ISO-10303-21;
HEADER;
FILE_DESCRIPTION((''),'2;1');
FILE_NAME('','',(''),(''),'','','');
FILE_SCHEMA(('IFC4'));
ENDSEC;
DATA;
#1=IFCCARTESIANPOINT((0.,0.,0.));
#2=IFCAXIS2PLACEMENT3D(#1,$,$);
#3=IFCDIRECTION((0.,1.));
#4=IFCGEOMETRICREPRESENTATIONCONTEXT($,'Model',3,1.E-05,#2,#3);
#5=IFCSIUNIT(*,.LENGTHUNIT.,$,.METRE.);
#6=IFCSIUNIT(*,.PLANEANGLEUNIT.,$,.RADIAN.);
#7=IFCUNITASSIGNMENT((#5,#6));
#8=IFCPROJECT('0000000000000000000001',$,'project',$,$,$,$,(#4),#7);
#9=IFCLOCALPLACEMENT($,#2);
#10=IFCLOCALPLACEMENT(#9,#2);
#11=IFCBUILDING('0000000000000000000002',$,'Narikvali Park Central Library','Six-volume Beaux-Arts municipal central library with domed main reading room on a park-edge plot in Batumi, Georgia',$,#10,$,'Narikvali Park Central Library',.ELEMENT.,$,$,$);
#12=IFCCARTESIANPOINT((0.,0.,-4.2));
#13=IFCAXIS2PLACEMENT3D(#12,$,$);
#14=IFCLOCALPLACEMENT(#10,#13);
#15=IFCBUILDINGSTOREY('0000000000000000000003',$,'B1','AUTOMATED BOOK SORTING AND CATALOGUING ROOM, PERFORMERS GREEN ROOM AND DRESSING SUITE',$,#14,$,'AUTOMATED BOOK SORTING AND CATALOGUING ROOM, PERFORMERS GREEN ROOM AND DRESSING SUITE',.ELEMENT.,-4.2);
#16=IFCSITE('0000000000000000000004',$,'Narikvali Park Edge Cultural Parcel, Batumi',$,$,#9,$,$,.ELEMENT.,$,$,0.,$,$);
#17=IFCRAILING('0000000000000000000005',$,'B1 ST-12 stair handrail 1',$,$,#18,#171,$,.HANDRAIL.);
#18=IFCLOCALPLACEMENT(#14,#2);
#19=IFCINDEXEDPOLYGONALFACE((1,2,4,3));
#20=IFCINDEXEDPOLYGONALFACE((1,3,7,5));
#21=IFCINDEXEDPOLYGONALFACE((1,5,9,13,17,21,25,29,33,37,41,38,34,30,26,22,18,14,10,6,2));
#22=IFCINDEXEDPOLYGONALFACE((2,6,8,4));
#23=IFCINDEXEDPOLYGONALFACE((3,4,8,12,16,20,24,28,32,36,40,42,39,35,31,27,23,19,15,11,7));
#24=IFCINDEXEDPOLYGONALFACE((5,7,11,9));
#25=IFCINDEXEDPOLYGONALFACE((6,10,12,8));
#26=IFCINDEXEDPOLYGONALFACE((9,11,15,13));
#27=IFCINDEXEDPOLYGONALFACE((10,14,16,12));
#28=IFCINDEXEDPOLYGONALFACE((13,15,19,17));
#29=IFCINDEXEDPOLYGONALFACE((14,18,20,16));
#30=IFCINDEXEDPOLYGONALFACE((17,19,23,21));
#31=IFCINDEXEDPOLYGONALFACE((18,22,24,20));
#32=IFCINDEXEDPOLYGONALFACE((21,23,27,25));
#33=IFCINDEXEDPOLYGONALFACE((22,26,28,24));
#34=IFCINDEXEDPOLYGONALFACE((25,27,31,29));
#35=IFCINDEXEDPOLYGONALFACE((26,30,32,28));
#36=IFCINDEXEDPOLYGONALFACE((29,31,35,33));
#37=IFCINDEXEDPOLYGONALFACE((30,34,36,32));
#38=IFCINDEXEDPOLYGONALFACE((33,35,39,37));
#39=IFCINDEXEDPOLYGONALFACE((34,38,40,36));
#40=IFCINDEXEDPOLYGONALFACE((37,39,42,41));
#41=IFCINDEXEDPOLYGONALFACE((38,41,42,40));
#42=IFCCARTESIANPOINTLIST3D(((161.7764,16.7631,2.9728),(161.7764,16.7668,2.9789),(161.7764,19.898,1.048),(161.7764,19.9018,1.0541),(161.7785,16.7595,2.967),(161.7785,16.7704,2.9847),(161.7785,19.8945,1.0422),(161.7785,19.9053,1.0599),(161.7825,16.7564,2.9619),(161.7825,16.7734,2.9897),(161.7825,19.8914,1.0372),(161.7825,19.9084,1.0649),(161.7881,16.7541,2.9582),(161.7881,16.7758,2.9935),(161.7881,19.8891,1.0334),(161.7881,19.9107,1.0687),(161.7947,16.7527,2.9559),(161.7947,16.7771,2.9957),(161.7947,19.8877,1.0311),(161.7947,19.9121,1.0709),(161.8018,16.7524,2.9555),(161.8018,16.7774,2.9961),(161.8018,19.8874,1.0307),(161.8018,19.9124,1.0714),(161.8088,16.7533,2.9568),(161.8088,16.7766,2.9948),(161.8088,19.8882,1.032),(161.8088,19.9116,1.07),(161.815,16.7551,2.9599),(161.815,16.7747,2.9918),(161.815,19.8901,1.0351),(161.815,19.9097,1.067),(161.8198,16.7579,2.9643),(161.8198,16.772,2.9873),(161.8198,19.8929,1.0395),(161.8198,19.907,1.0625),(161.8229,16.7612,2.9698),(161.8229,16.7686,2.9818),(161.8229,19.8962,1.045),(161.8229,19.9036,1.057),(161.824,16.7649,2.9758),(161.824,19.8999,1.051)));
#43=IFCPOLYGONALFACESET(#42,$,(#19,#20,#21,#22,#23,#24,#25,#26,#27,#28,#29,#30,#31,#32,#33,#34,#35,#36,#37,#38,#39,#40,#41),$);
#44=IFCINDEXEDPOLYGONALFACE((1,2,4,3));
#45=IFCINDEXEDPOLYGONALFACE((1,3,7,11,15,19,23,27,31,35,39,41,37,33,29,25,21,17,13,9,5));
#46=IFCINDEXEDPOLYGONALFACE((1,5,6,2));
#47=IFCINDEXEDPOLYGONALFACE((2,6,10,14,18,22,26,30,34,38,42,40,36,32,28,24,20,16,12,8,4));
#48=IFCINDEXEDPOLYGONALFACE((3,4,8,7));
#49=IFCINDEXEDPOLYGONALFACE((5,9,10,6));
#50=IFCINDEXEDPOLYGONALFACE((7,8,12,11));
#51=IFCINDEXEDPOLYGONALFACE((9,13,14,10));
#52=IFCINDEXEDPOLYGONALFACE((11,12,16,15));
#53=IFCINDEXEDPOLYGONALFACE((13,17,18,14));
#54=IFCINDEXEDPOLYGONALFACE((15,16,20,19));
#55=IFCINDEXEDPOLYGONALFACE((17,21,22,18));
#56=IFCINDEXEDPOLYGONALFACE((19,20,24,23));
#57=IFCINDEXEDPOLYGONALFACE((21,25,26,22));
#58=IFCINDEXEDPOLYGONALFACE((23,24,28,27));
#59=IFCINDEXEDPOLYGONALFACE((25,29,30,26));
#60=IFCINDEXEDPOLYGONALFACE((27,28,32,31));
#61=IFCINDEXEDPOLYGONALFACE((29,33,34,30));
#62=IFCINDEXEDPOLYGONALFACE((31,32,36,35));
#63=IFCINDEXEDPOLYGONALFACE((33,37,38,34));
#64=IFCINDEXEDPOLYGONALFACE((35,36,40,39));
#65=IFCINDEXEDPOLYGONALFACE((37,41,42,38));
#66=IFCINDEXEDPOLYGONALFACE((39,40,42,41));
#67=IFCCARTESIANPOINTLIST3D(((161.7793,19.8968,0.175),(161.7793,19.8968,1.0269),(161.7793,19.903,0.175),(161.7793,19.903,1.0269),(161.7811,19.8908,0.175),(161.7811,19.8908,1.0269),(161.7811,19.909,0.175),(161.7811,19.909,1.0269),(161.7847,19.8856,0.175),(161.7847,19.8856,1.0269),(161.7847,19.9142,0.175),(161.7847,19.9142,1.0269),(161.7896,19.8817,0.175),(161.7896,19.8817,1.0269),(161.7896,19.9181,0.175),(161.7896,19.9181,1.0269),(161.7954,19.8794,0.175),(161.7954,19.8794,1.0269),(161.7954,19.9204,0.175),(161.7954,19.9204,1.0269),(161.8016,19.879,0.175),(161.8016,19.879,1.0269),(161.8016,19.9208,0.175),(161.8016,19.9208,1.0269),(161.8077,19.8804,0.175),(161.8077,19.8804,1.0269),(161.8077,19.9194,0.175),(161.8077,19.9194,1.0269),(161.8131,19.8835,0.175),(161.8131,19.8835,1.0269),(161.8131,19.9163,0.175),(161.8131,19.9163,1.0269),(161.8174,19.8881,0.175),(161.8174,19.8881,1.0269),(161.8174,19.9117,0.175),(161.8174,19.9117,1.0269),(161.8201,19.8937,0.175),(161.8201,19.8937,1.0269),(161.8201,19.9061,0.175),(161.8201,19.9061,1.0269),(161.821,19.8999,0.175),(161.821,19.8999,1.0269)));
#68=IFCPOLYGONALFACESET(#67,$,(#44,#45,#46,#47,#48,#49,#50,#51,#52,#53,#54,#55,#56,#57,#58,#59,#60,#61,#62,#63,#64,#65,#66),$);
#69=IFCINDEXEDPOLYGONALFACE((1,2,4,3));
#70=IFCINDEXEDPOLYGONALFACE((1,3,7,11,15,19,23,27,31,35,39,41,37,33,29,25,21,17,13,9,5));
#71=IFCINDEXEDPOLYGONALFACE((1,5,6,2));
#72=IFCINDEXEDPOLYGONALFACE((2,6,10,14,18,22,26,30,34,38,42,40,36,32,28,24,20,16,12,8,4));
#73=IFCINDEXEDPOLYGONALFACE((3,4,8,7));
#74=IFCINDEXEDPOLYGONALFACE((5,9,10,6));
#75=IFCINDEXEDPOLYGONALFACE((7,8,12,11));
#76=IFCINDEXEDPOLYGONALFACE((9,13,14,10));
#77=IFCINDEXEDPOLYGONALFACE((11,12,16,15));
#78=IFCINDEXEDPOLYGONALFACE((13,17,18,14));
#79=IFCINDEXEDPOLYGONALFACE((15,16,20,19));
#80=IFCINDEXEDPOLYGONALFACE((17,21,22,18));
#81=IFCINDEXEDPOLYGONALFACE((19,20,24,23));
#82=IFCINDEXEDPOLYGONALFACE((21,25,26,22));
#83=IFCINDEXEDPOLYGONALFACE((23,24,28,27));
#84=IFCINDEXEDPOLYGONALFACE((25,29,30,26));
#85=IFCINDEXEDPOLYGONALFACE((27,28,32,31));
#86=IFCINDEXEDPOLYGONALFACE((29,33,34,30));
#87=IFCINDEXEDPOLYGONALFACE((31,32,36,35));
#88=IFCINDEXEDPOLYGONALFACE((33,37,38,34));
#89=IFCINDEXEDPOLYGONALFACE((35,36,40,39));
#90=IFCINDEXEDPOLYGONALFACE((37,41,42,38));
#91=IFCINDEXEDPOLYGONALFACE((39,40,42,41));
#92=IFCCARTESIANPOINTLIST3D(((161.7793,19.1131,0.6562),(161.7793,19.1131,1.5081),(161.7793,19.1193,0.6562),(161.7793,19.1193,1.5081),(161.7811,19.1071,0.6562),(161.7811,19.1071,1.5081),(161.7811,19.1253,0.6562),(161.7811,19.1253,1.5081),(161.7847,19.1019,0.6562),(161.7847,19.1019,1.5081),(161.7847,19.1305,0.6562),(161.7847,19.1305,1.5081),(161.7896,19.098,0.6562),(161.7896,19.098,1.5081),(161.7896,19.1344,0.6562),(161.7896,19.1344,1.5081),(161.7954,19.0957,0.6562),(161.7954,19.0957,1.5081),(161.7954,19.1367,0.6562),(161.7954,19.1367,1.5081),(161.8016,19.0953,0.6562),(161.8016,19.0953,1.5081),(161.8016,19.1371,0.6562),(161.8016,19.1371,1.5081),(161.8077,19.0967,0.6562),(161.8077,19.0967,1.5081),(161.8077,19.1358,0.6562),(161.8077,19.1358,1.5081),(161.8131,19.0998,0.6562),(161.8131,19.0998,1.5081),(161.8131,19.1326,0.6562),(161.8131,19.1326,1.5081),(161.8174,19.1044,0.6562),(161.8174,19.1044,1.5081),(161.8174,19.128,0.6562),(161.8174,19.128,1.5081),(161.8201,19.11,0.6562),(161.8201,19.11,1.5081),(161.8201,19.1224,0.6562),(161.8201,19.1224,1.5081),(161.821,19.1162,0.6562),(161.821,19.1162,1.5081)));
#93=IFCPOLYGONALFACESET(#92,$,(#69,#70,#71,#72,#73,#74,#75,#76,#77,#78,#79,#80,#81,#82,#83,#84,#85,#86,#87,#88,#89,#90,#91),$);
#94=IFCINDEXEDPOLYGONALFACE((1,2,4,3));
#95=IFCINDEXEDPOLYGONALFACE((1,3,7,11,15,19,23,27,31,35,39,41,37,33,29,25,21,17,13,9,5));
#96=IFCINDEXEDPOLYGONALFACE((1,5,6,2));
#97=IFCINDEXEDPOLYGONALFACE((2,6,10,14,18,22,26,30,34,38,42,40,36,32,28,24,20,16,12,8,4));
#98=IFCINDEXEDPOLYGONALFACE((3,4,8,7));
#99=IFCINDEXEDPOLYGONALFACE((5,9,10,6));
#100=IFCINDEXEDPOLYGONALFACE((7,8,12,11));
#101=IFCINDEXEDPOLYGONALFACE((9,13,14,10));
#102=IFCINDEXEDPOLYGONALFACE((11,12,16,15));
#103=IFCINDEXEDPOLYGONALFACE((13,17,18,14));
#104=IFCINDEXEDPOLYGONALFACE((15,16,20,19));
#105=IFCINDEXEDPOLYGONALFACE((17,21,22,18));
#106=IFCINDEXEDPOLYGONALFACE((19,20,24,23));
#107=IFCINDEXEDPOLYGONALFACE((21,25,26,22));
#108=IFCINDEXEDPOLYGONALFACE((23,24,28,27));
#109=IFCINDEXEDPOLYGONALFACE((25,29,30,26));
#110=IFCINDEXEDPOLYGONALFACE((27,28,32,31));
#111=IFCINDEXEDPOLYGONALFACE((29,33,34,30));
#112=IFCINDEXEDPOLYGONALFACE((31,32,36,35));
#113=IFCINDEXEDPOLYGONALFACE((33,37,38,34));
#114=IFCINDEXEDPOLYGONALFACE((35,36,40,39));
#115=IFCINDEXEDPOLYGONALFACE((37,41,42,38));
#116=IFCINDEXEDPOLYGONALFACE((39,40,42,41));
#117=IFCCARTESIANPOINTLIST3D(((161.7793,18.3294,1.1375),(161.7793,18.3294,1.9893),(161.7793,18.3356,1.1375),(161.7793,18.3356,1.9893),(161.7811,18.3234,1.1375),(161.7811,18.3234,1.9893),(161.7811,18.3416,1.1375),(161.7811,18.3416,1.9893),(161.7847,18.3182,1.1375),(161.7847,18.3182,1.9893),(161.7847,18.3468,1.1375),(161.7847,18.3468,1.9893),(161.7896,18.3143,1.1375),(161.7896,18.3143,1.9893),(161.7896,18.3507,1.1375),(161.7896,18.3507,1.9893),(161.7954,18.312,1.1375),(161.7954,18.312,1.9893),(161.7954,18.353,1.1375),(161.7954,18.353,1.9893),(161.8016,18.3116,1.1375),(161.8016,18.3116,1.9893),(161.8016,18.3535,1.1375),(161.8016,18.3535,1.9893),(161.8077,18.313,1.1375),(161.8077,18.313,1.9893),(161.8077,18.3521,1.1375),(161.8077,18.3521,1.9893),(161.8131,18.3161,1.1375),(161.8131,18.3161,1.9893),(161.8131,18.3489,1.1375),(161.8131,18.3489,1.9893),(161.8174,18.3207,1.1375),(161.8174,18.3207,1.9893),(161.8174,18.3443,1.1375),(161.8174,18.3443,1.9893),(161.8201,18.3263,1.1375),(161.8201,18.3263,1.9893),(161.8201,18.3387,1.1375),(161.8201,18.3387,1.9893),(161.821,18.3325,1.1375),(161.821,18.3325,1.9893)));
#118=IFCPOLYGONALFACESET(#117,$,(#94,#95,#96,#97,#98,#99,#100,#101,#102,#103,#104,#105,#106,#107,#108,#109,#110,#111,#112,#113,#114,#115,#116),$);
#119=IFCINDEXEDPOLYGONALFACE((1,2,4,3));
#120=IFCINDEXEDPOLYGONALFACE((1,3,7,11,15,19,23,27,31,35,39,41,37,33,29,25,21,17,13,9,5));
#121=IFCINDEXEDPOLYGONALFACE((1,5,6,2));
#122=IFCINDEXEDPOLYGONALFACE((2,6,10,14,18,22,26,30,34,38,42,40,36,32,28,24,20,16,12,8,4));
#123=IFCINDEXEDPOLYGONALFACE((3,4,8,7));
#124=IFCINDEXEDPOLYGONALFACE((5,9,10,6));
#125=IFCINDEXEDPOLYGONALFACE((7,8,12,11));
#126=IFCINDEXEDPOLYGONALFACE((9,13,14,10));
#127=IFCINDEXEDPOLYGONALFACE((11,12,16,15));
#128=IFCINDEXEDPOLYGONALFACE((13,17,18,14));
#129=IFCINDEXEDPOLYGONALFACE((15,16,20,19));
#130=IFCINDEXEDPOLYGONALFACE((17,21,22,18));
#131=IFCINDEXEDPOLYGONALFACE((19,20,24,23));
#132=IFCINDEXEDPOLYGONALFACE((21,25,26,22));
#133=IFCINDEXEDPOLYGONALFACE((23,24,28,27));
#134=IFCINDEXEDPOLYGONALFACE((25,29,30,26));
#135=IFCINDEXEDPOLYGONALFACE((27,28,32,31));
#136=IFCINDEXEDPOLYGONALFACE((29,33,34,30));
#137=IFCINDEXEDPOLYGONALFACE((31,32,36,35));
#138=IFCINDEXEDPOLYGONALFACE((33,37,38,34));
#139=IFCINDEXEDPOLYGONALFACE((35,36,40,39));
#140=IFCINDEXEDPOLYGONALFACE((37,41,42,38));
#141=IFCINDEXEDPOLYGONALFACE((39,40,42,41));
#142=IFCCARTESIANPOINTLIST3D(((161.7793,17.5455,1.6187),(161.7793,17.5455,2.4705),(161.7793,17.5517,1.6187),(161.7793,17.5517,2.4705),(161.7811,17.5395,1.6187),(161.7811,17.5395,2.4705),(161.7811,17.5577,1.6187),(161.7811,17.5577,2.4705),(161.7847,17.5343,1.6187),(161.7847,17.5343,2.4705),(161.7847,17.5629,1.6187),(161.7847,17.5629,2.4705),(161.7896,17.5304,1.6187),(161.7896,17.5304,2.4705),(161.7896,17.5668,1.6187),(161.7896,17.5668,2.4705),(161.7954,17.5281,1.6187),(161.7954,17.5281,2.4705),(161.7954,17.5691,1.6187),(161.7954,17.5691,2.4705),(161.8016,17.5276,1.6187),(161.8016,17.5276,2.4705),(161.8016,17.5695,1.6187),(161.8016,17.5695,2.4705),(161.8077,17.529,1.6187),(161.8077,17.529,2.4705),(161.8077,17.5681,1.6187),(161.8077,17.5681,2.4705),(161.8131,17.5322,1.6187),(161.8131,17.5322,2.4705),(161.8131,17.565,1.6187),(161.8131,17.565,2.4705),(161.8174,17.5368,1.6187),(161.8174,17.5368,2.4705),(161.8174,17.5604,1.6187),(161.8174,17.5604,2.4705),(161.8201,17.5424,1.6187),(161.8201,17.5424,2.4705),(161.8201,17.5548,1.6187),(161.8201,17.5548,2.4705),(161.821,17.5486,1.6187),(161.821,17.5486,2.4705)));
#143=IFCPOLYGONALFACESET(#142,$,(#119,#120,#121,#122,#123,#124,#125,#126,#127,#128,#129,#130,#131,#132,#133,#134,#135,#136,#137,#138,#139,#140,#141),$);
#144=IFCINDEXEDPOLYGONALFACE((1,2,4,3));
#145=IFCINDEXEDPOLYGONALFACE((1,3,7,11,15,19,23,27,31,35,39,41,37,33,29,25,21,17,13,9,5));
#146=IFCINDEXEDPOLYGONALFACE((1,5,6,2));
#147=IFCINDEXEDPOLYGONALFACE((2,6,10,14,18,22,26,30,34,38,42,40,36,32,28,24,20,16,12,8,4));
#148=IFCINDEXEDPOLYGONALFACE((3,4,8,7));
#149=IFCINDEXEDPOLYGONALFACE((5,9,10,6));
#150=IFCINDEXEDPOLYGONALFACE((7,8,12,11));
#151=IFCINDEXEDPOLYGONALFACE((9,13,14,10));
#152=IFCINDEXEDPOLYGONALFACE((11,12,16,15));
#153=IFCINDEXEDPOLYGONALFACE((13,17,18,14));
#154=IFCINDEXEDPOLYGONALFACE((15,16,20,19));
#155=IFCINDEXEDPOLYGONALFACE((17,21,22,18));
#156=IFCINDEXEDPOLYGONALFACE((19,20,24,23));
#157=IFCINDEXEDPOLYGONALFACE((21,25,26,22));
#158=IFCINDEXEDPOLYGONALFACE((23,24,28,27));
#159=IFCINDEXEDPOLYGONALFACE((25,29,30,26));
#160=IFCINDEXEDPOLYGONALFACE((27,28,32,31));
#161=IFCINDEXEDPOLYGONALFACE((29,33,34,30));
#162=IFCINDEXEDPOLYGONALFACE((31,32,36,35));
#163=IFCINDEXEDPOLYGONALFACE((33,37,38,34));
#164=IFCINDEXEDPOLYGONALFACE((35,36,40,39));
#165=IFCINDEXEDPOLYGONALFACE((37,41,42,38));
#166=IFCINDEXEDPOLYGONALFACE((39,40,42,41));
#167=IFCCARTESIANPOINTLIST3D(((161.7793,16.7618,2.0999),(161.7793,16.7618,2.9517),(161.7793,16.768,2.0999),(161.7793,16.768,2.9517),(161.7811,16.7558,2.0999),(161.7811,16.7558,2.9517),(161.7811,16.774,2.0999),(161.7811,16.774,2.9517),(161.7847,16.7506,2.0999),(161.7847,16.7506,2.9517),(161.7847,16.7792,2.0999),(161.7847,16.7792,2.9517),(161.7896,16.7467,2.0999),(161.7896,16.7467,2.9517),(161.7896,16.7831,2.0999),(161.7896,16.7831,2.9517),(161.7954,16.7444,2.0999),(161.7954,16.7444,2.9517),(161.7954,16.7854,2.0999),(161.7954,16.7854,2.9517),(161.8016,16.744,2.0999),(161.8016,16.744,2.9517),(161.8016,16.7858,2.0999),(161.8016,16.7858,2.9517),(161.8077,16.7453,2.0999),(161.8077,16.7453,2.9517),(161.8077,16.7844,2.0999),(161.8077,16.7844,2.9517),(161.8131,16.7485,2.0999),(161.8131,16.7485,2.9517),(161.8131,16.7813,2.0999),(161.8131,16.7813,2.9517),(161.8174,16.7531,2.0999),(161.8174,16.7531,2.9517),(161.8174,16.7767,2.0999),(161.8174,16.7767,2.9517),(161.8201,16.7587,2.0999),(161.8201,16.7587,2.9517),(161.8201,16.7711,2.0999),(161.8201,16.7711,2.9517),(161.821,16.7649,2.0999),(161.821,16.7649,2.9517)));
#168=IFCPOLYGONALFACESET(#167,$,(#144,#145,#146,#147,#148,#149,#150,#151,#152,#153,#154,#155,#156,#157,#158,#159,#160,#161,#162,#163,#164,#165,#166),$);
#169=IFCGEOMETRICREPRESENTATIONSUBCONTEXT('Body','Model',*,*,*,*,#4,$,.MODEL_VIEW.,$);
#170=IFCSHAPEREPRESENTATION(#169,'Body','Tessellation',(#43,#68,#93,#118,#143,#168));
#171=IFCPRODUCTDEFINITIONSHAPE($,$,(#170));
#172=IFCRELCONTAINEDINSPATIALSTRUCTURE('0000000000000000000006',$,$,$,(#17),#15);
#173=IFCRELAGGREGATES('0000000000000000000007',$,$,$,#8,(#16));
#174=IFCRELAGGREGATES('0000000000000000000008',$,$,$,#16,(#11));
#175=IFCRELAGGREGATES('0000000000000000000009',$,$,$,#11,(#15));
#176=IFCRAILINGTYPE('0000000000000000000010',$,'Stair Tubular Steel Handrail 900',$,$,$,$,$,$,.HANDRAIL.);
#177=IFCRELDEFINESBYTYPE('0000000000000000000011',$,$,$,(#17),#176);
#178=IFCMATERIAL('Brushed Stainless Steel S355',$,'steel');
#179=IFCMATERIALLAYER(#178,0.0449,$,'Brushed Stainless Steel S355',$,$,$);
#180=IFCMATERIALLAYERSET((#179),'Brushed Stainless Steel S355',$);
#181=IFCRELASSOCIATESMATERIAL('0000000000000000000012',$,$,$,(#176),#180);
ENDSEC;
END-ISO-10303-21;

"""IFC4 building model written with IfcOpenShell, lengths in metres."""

from ifc_helpers import new_model, si_unit, direction, frame, origin, origin_2d, place, context, subcontext, project, spatial, circle, extrude, material, layer, layer_set, type_object, element, save


model = new_model("IFC4")

# Units and contexts
model_context = context("Model", 3, precision=1e-05, world=origin(), true_north=direction((0.0, 1.0)))
body_context = subcontext(model_context, "Body", "Model", "MODEL_VIEW")
ifc_project = project(units=[si_unit("LENGTHUNIT", "METRE"), si_unit("PLANEANGLEUNIT", "RADIAN")], contexts=[model_context])

# Site, building, storey
site_placement = place(None, origin())
site = spatial("IfcSite", under=ifc_project, at=site_placement, Name="Narikvali Park Edge Cultural Parcel, Batumi", CompositionType="ELEMENT", RefElevation=0.0)
building_placement = place(site_placement, origin())
building = spatial("IfcBuilding", under=site, at=building_placement, Name="Narikvali Park Central Library", Description="Six-volume Beaux-Arts municipal central library with domed main reading room on a park-edge plot in Batumi, Georgia", LongName="Narikvali Park Central Library", CompositionType="ELEMENT")
storey_placement = place(building_placement, frame((0.0, 0.0, -4.2)))
storey = spatial("IfcBuildingStorey", under=building, at=storey_placement, Name="B1", Description="AUTOMATED BOOK SORTING AND CATALOGUING ROOM, PERFORMERS GREEN ROOM AND DRESSING SUITE", LongName="AUTOMATED BOOK SORTING AND CATALOGUING ROOM, PERFORMERS GREEN ROOM AND DRESSING SUITE", CompositionType="ELEMENT", Elevation=-4.2)

# Railing
ifc_material_1 = material(Name="Brushed Stainless Steel S355", Category="steel")
ifc_layer_1 = layer(ifc_material_1, 0.0449, Name="Brushed Stainless Steel S355")
ifc_layer_set_1 = layer_set([ifc_layer_1], Name="Brushed Stainless Steel S355")
railing_type_1 = type_object("IfcRailingType", Name="Stair Tubular Steel Handrail 900", PredefinedType="HANDRAIL", material=ifc_layer_set_1)
railing_1_placement = place(storey_placement, frame((161.8, 19.8999, 0.175)))
element("IfcRailing", 1, at=railing_1_placement, inside=storey, type_object=railing_type_1, Name="B1 ST-12 stair handrail 1", PredefinedType="HANDRAIL", context=body_context, shape_type="SweptSolid", body=[
    extrude(circle(Radius=0.0239, at=origin_2d()), frame((0.0, 0.0, 0.876), z_axis=(0.0, -0.852196, 0.523223), x_axis=(1.0, 0.0, 0.0)), (0.0, 0.0, 1.0), 3.6787),
    extrude(circle(Radius=0.021, at=origin_2d()), origin(), (0.0, 0.0, 1.0), 0.8518),
    extrude(circle(Radius=0.021, at=origin_2d()), frame((0.0, -0.7837, 0.4812)), (0.0, 0.0, 1.0), 0.8518),
    extrude(circle(Radius=0.021, at=origin_2d()), frame((0.0, -1.5674, 0.9624)), (0.0, 0.0, 1.0), 0.8518),
    extrude(circle(Radius=0.021, at=origin_2d()), frame((0.0, -2.3513, 1.4436)), (0.0, 0.0, 1.0), 0.8518),
    extrude(circle(Radius=0.021, at=origin_2d()), frame((0.0, -3.135, 1.9248)), (0.0, 0.0, 1.0), 0.8518),
])

save(model, "model.ifc")
